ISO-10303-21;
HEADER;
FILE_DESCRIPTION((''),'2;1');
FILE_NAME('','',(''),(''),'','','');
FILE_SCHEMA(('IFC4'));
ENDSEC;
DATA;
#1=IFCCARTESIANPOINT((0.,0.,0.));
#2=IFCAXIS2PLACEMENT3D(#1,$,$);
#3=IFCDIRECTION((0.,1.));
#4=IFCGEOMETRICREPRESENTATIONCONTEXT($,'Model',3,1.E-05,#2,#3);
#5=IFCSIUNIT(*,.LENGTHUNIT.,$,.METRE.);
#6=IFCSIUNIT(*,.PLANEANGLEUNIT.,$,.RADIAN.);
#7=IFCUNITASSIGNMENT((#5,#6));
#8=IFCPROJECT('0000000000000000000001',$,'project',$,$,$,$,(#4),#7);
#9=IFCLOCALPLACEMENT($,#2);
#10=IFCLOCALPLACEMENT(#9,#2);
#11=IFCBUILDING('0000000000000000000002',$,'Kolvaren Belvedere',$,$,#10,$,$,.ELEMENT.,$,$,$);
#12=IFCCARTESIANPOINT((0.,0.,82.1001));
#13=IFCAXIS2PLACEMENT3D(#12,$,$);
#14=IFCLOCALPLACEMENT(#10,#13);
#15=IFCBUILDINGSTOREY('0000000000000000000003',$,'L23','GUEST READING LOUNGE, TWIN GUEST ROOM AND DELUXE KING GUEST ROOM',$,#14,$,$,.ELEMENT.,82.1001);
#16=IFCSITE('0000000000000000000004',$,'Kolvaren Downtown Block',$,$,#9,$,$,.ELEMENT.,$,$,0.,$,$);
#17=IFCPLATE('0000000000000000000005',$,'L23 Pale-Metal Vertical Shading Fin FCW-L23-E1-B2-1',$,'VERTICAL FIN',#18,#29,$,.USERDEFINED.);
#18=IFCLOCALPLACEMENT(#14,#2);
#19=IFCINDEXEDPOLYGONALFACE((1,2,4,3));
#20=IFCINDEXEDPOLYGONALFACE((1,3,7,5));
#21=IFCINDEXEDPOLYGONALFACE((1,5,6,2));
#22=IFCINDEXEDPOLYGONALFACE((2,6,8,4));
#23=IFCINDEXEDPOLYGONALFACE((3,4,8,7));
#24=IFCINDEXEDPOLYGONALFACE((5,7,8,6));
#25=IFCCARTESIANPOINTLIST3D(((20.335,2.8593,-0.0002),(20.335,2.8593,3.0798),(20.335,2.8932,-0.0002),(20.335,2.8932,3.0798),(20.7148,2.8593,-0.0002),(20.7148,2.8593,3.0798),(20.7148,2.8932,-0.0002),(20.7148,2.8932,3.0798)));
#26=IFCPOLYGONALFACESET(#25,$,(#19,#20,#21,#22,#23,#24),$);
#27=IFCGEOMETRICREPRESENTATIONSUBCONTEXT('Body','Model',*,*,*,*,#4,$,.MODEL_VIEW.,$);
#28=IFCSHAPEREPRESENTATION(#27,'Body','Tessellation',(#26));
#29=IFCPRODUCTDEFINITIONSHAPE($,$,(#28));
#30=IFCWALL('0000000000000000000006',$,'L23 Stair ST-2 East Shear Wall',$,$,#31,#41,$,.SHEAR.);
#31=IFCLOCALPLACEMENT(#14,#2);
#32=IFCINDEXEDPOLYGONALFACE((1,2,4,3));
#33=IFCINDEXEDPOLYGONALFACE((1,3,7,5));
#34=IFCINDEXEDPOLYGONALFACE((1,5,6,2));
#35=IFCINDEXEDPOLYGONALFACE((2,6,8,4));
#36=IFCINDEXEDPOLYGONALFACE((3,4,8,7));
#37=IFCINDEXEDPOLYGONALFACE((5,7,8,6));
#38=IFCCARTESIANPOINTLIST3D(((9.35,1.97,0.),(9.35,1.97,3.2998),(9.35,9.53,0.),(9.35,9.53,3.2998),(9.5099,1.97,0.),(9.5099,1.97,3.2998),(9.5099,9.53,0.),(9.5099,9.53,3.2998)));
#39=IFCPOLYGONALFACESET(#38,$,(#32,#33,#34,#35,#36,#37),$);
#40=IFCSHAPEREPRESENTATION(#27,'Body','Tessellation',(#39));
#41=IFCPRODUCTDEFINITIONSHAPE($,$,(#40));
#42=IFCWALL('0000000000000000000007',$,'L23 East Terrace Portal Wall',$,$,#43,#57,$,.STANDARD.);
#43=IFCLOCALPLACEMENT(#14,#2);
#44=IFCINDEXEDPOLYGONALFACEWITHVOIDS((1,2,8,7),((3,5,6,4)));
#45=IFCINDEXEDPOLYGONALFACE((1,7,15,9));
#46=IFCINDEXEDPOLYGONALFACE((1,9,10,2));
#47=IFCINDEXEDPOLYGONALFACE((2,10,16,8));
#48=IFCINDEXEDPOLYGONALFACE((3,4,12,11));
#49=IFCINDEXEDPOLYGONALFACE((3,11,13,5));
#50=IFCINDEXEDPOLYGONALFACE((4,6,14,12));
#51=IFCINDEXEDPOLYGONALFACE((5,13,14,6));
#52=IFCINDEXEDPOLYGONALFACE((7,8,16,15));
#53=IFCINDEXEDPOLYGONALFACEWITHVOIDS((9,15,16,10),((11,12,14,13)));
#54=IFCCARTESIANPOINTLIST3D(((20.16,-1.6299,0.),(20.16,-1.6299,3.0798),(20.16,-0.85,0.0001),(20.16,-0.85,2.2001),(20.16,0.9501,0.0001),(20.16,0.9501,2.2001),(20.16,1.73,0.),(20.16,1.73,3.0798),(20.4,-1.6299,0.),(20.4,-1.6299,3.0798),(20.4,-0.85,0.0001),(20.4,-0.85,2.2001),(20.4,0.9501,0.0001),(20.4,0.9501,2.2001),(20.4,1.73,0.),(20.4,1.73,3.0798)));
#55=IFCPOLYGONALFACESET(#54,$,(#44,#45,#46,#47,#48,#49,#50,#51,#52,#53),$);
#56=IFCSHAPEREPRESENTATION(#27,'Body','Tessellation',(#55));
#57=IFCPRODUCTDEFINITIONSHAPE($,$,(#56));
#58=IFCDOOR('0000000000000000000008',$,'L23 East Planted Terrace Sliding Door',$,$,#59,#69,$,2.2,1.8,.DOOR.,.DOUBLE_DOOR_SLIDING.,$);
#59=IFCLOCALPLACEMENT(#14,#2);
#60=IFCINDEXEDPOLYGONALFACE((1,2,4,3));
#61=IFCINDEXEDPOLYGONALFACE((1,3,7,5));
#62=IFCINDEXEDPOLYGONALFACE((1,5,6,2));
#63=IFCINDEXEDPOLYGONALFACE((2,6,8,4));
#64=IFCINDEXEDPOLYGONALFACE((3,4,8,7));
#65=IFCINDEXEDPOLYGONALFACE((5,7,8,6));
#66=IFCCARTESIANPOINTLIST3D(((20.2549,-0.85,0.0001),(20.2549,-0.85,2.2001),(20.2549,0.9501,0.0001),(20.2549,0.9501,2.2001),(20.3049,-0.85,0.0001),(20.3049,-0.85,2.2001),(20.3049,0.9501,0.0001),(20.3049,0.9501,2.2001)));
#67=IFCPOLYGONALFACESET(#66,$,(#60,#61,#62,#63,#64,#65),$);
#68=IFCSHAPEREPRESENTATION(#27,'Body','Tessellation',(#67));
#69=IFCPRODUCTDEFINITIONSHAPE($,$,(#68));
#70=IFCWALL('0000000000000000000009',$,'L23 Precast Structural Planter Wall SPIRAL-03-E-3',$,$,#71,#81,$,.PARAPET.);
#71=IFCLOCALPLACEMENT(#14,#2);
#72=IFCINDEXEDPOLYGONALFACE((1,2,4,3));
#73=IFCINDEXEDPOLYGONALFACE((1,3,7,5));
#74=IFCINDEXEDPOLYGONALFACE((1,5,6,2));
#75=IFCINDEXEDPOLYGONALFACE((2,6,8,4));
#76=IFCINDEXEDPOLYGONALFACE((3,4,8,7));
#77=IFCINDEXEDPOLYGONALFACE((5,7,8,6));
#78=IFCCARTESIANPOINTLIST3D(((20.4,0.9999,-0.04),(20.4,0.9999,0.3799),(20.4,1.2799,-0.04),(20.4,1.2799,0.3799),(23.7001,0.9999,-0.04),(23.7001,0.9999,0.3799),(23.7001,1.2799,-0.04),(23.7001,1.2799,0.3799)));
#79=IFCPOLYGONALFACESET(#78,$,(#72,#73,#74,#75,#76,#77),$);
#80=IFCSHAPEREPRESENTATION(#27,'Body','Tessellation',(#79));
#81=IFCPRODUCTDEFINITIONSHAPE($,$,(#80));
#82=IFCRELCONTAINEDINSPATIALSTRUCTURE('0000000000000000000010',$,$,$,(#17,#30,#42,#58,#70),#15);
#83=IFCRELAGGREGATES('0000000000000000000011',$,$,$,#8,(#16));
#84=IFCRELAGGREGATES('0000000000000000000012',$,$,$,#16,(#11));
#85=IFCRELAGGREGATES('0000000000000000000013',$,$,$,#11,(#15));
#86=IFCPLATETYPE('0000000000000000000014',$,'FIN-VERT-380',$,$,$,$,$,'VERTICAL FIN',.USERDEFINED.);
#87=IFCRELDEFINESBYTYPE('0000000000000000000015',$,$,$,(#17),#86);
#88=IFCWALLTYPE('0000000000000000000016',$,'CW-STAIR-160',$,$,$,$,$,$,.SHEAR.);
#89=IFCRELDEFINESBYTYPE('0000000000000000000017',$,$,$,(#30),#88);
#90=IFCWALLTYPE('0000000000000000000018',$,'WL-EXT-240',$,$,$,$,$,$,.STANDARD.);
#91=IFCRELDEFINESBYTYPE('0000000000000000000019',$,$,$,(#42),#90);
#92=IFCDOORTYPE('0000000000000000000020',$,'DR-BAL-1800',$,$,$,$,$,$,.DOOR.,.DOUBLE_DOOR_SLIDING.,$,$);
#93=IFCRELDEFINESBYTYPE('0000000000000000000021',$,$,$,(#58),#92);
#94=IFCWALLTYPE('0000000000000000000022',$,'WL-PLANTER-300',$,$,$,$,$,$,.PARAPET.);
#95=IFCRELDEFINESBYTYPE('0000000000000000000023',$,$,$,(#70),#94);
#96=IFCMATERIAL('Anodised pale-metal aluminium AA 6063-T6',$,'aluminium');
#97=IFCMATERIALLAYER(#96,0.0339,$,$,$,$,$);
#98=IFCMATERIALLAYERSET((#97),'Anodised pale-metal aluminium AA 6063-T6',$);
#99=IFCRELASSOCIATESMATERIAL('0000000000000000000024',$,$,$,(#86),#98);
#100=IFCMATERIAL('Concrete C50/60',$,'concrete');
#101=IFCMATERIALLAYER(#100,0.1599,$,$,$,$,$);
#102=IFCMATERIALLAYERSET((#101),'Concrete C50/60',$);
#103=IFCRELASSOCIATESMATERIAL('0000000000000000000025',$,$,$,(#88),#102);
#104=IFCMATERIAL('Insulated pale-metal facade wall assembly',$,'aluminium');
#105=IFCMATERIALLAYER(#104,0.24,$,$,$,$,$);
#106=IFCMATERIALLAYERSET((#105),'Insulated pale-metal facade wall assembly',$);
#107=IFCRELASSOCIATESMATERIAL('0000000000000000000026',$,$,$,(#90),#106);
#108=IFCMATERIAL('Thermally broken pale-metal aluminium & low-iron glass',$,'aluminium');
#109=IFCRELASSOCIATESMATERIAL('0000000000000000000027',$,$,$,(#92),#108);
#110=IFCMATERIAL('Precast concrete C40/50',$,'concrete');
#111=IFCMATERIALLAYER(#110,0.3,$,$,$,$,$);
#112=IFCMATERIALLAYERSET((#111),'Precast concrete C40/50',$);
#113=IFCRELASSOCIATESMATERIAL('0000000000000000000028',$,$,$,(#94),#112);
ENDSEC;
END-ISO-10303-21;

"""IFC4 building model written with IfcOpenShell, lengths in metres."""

from ifc_helpers import new_model, si_unit, direction, frame, frame_2d, origin, origin_2d, place, context, subcontext, project, spatial, rectangle, extrude, material, layer, layer_set, type_object, element, fill, save


model = new_model("IFC4")

# Units and contexts
model_context = context("Model", 3, precision=1e-05, world=origin(), true_north=direction((0.0, 1.0)))
body_context = subcontext(model_context, "Body", "Model", "MODEL_VIEW")
ifc_project = project(units=[si_unit("LENGTHUNIT", "METRE"), si_unit("PLANEANGLEUNIT", "RADIAN")], contexts=[model_context])

# Site, building, storey
site_placement = place(None, origin())
site = spatial("IfcSite", under=ifc_project, at=site_placement, Name="Kolvaren Downtown Block", CompositionType="ELEMENT", RefElevation=0.0)
building_placement = place(site_placement, origin())
building = spatial("IfcBuilding", under=site, at=building_placement, Name="Kolvaren Belvedere", CompositionType="ELEMENT")
storey_placement = place(building_placement, frame((0.0, 0.0, 82.1001)))
storey = spatial("IfcBuildingStorey", under=building, at=storey_placement, Name="L23", Description="GUEST READING LOUNGE, TWIN GUEST ROOM AND DELUXE KING GUEST ROOM", CompositionType="ELEMENT", Elevation=82.1001)

# Plate
ifc_material_1 = material(Name="Anodised pale-metal aluminium AA 6063-T6", Category="aluminium")
ifc_layer_1 = layer(ifc_material_1, 0.0339)
ifc_layer_set_1 = layer_set([ifc_layer_1], Name="Anodised pale-metal aluminium AA 6063-T6")
plate_type_1 = type_object("IfcPlateType", Name="FIN-VERT-380", ElementType="VERTICAL FIN", PredefinedType="USERDEFINED", material=ifc_layer_set_1)
plate_1_placement = place(storey_placement, frame((20.5249, 2.8762, -0.0002), z_axis=(0.0, 0.0, 1.0), x_axis=(1.0, 0.0, 0.0)))
element("IfcPlate", 1, at=plate_1_placement, inside=storey, type_object=plate_type_1, Name="L23 Pale-Metal Vertical Shading Fin FCW-L23-E1-B2-1", ObjectType="VERTICAL FIN", PredefinedType="USERDEFINED", context=body_context, shape_type="SweptSolid", body=[
    extrude(rectangle(XDim=0.3799, YDim=0.0339, at=origin_2d()), origin(), (0.0, 0.0, 1.0), 3.0801),
])

# Wall
ifc_material_2 = material(Name="Concrete C50/60", Category="concrete")
ifc_layer_2 = layer(ifc_material_2, 0.1599)
ifc_layer_set_2 = layer_set([ifc_layer_2], Name="Concrete C50/60")
wall_type_1 = type_object("IfcWallType", Name="CW-STAIR-160", PredefinedType="SHEAR", material=ifc_layer_set_2)
wall_1_placement = place(storey_placement, frame((9.4299, 1.97, 0.0), z_axis=(0.0, 0.0, 1.0), x_axis=(0.0, 1.0, 0.0)))
element("IfcWall", 2, at=wall_1_placement, inside=storey, type_object=wall_type_1, Name="L23 Stair ST-2 East Shear Wall", PredefinedType="SHEAR", context=body_context, shape_type="SweptSolid", body=[
    extrude(rectangle(XDim=7.5601, YDim=0.1599, at=frame_2d((3.78, 0.0))), origin(), (0.0, 0.0, 1.0), 3.2998),
])

# Wall, opening, door
ifc_material_3 = material(Name="Insulated pale-metal facade wall assembly", Category="aluminium")
ifc_layer_3 = layer(ifc_material_3, 0.24)
ifc_layer_set_3 = layer_set([ifc_layer_3], Name="Insulated pale-metal facade wall assembly")
wall_type_2 = type_object("IfcWallType", Name="WL-EXT-240", PredefinedType="STANDARD", material=ifc_layer_set_3)
wall_2_placement = place(storey_placement, frame((20.28, 1.73, 0.0), z_axis=(0.0, 0.0, 1.0), x_axis=(0.0, -1.0, 0.0)))
wall_2 = element("IfcWall", 3, at=wall_2_placement, inside=storey, type_object=wall_type_2, Name="L23 East Terrace Portal Wall", PredefinedType="STANDARD", context=body_context, shape_type="SweptSolid", body=[
    extrude(rectangle(XDim=3.3599, YDim=0.24, at=frame_2d((1.6799, 0.0))), origin(), (0.0, 0.0, 1.0), 3.0798),
])
opening_placement = place(wall_2_placement, frame((0.78, 0.0, 0.0)))
opening = element("IfcOpeningElement", 4, at=opening_placement, cuts=wall_2, PredefinedType="OPENING", context=body_context, shape_type="SweptSolid", body=[
    extrude(rectangle(XDim=1.8, YDim=2.2, at=frame_2d((0.8999, 1.1001))), frame((0.0, 0.1299, 0.0), z_axis=(0.0, -1.0, 0.0), x_axis=(1.0, 0.0, 0.0)), (0.0, 0.0, 1.0), 0.26),
])
ifc_material_4 = material(Name="Thermally broken pale-metal aluminium & low-iron glass", Category="aluminium")
door_type = type_object("IfcDoorType", Name="DR-BAL-1800", OperationType="DOUBLE_DOOR_SLIDING", PredefinedType="DOOR", material=ifc_material_4)
door_placement = place(opening_placement, origin())
door = element("IfcDoor", 5, at=door_placement, inside=storey, type_object=door_type, Name="L23 East Planted Terrace Sliding Door", OperationType="DOUBLE_DOOR_SLIDING", OverallHeight=2.2, OverallWidth=1.8, PredefinedType="DOOR", context=body_context, shape_type="SweptSolid", body=[
    extrude(rectangle(XDim=1.8, YDim=2.2, at=frame_2d((0.8999, 1.1001))), frame((0.0, 0.0249, 0.0), z_axis=(0.0, -1.0, 0.0), x_axis=(1.0, 0.0, 0.0)), (0.0, 0.0, 1.0), 0.05),
])
fill(opening, door)

# Wall
ifc_material_5 = material(Name="Precast concrete C40/50", Category="concrete")
ifc_layer_4 = layer(ifc_material_5, 0.3)
ifc_layer_set_4 = layer_set([ifc_layer_4], Name="Precast concrete C40/50")
wall_type_3 = type_object("IfcWallType", Name="WL-PLANTER-300", PredefinedType="PARAPET", material=ifc_layer_set_4)
wall_3_placement = place(storey_placement, frame((23.7, 1.1399, -0.04), z_axis=(0.0, 0.0, 1.0), x_axis=(-1.0, 0.0, 0.0)))
element("IfcWall", 6, at=wall_3_placement, inside=storey, type_object=wall_type_3, Name="L23 Precast Structural Planter Wall SPIRAL-03-E-3", PredefinedType="PARAPET", context=body_context, shape_type="SweptSolid", body=[
    extrude(rectangle(XDim=3.3, YDim=0.28, at=frame_2d((1.6499, 0.0))), origin(), (0.0, 0.0, 1.0), 0.4199),
])

save(model, "model.ifc")
